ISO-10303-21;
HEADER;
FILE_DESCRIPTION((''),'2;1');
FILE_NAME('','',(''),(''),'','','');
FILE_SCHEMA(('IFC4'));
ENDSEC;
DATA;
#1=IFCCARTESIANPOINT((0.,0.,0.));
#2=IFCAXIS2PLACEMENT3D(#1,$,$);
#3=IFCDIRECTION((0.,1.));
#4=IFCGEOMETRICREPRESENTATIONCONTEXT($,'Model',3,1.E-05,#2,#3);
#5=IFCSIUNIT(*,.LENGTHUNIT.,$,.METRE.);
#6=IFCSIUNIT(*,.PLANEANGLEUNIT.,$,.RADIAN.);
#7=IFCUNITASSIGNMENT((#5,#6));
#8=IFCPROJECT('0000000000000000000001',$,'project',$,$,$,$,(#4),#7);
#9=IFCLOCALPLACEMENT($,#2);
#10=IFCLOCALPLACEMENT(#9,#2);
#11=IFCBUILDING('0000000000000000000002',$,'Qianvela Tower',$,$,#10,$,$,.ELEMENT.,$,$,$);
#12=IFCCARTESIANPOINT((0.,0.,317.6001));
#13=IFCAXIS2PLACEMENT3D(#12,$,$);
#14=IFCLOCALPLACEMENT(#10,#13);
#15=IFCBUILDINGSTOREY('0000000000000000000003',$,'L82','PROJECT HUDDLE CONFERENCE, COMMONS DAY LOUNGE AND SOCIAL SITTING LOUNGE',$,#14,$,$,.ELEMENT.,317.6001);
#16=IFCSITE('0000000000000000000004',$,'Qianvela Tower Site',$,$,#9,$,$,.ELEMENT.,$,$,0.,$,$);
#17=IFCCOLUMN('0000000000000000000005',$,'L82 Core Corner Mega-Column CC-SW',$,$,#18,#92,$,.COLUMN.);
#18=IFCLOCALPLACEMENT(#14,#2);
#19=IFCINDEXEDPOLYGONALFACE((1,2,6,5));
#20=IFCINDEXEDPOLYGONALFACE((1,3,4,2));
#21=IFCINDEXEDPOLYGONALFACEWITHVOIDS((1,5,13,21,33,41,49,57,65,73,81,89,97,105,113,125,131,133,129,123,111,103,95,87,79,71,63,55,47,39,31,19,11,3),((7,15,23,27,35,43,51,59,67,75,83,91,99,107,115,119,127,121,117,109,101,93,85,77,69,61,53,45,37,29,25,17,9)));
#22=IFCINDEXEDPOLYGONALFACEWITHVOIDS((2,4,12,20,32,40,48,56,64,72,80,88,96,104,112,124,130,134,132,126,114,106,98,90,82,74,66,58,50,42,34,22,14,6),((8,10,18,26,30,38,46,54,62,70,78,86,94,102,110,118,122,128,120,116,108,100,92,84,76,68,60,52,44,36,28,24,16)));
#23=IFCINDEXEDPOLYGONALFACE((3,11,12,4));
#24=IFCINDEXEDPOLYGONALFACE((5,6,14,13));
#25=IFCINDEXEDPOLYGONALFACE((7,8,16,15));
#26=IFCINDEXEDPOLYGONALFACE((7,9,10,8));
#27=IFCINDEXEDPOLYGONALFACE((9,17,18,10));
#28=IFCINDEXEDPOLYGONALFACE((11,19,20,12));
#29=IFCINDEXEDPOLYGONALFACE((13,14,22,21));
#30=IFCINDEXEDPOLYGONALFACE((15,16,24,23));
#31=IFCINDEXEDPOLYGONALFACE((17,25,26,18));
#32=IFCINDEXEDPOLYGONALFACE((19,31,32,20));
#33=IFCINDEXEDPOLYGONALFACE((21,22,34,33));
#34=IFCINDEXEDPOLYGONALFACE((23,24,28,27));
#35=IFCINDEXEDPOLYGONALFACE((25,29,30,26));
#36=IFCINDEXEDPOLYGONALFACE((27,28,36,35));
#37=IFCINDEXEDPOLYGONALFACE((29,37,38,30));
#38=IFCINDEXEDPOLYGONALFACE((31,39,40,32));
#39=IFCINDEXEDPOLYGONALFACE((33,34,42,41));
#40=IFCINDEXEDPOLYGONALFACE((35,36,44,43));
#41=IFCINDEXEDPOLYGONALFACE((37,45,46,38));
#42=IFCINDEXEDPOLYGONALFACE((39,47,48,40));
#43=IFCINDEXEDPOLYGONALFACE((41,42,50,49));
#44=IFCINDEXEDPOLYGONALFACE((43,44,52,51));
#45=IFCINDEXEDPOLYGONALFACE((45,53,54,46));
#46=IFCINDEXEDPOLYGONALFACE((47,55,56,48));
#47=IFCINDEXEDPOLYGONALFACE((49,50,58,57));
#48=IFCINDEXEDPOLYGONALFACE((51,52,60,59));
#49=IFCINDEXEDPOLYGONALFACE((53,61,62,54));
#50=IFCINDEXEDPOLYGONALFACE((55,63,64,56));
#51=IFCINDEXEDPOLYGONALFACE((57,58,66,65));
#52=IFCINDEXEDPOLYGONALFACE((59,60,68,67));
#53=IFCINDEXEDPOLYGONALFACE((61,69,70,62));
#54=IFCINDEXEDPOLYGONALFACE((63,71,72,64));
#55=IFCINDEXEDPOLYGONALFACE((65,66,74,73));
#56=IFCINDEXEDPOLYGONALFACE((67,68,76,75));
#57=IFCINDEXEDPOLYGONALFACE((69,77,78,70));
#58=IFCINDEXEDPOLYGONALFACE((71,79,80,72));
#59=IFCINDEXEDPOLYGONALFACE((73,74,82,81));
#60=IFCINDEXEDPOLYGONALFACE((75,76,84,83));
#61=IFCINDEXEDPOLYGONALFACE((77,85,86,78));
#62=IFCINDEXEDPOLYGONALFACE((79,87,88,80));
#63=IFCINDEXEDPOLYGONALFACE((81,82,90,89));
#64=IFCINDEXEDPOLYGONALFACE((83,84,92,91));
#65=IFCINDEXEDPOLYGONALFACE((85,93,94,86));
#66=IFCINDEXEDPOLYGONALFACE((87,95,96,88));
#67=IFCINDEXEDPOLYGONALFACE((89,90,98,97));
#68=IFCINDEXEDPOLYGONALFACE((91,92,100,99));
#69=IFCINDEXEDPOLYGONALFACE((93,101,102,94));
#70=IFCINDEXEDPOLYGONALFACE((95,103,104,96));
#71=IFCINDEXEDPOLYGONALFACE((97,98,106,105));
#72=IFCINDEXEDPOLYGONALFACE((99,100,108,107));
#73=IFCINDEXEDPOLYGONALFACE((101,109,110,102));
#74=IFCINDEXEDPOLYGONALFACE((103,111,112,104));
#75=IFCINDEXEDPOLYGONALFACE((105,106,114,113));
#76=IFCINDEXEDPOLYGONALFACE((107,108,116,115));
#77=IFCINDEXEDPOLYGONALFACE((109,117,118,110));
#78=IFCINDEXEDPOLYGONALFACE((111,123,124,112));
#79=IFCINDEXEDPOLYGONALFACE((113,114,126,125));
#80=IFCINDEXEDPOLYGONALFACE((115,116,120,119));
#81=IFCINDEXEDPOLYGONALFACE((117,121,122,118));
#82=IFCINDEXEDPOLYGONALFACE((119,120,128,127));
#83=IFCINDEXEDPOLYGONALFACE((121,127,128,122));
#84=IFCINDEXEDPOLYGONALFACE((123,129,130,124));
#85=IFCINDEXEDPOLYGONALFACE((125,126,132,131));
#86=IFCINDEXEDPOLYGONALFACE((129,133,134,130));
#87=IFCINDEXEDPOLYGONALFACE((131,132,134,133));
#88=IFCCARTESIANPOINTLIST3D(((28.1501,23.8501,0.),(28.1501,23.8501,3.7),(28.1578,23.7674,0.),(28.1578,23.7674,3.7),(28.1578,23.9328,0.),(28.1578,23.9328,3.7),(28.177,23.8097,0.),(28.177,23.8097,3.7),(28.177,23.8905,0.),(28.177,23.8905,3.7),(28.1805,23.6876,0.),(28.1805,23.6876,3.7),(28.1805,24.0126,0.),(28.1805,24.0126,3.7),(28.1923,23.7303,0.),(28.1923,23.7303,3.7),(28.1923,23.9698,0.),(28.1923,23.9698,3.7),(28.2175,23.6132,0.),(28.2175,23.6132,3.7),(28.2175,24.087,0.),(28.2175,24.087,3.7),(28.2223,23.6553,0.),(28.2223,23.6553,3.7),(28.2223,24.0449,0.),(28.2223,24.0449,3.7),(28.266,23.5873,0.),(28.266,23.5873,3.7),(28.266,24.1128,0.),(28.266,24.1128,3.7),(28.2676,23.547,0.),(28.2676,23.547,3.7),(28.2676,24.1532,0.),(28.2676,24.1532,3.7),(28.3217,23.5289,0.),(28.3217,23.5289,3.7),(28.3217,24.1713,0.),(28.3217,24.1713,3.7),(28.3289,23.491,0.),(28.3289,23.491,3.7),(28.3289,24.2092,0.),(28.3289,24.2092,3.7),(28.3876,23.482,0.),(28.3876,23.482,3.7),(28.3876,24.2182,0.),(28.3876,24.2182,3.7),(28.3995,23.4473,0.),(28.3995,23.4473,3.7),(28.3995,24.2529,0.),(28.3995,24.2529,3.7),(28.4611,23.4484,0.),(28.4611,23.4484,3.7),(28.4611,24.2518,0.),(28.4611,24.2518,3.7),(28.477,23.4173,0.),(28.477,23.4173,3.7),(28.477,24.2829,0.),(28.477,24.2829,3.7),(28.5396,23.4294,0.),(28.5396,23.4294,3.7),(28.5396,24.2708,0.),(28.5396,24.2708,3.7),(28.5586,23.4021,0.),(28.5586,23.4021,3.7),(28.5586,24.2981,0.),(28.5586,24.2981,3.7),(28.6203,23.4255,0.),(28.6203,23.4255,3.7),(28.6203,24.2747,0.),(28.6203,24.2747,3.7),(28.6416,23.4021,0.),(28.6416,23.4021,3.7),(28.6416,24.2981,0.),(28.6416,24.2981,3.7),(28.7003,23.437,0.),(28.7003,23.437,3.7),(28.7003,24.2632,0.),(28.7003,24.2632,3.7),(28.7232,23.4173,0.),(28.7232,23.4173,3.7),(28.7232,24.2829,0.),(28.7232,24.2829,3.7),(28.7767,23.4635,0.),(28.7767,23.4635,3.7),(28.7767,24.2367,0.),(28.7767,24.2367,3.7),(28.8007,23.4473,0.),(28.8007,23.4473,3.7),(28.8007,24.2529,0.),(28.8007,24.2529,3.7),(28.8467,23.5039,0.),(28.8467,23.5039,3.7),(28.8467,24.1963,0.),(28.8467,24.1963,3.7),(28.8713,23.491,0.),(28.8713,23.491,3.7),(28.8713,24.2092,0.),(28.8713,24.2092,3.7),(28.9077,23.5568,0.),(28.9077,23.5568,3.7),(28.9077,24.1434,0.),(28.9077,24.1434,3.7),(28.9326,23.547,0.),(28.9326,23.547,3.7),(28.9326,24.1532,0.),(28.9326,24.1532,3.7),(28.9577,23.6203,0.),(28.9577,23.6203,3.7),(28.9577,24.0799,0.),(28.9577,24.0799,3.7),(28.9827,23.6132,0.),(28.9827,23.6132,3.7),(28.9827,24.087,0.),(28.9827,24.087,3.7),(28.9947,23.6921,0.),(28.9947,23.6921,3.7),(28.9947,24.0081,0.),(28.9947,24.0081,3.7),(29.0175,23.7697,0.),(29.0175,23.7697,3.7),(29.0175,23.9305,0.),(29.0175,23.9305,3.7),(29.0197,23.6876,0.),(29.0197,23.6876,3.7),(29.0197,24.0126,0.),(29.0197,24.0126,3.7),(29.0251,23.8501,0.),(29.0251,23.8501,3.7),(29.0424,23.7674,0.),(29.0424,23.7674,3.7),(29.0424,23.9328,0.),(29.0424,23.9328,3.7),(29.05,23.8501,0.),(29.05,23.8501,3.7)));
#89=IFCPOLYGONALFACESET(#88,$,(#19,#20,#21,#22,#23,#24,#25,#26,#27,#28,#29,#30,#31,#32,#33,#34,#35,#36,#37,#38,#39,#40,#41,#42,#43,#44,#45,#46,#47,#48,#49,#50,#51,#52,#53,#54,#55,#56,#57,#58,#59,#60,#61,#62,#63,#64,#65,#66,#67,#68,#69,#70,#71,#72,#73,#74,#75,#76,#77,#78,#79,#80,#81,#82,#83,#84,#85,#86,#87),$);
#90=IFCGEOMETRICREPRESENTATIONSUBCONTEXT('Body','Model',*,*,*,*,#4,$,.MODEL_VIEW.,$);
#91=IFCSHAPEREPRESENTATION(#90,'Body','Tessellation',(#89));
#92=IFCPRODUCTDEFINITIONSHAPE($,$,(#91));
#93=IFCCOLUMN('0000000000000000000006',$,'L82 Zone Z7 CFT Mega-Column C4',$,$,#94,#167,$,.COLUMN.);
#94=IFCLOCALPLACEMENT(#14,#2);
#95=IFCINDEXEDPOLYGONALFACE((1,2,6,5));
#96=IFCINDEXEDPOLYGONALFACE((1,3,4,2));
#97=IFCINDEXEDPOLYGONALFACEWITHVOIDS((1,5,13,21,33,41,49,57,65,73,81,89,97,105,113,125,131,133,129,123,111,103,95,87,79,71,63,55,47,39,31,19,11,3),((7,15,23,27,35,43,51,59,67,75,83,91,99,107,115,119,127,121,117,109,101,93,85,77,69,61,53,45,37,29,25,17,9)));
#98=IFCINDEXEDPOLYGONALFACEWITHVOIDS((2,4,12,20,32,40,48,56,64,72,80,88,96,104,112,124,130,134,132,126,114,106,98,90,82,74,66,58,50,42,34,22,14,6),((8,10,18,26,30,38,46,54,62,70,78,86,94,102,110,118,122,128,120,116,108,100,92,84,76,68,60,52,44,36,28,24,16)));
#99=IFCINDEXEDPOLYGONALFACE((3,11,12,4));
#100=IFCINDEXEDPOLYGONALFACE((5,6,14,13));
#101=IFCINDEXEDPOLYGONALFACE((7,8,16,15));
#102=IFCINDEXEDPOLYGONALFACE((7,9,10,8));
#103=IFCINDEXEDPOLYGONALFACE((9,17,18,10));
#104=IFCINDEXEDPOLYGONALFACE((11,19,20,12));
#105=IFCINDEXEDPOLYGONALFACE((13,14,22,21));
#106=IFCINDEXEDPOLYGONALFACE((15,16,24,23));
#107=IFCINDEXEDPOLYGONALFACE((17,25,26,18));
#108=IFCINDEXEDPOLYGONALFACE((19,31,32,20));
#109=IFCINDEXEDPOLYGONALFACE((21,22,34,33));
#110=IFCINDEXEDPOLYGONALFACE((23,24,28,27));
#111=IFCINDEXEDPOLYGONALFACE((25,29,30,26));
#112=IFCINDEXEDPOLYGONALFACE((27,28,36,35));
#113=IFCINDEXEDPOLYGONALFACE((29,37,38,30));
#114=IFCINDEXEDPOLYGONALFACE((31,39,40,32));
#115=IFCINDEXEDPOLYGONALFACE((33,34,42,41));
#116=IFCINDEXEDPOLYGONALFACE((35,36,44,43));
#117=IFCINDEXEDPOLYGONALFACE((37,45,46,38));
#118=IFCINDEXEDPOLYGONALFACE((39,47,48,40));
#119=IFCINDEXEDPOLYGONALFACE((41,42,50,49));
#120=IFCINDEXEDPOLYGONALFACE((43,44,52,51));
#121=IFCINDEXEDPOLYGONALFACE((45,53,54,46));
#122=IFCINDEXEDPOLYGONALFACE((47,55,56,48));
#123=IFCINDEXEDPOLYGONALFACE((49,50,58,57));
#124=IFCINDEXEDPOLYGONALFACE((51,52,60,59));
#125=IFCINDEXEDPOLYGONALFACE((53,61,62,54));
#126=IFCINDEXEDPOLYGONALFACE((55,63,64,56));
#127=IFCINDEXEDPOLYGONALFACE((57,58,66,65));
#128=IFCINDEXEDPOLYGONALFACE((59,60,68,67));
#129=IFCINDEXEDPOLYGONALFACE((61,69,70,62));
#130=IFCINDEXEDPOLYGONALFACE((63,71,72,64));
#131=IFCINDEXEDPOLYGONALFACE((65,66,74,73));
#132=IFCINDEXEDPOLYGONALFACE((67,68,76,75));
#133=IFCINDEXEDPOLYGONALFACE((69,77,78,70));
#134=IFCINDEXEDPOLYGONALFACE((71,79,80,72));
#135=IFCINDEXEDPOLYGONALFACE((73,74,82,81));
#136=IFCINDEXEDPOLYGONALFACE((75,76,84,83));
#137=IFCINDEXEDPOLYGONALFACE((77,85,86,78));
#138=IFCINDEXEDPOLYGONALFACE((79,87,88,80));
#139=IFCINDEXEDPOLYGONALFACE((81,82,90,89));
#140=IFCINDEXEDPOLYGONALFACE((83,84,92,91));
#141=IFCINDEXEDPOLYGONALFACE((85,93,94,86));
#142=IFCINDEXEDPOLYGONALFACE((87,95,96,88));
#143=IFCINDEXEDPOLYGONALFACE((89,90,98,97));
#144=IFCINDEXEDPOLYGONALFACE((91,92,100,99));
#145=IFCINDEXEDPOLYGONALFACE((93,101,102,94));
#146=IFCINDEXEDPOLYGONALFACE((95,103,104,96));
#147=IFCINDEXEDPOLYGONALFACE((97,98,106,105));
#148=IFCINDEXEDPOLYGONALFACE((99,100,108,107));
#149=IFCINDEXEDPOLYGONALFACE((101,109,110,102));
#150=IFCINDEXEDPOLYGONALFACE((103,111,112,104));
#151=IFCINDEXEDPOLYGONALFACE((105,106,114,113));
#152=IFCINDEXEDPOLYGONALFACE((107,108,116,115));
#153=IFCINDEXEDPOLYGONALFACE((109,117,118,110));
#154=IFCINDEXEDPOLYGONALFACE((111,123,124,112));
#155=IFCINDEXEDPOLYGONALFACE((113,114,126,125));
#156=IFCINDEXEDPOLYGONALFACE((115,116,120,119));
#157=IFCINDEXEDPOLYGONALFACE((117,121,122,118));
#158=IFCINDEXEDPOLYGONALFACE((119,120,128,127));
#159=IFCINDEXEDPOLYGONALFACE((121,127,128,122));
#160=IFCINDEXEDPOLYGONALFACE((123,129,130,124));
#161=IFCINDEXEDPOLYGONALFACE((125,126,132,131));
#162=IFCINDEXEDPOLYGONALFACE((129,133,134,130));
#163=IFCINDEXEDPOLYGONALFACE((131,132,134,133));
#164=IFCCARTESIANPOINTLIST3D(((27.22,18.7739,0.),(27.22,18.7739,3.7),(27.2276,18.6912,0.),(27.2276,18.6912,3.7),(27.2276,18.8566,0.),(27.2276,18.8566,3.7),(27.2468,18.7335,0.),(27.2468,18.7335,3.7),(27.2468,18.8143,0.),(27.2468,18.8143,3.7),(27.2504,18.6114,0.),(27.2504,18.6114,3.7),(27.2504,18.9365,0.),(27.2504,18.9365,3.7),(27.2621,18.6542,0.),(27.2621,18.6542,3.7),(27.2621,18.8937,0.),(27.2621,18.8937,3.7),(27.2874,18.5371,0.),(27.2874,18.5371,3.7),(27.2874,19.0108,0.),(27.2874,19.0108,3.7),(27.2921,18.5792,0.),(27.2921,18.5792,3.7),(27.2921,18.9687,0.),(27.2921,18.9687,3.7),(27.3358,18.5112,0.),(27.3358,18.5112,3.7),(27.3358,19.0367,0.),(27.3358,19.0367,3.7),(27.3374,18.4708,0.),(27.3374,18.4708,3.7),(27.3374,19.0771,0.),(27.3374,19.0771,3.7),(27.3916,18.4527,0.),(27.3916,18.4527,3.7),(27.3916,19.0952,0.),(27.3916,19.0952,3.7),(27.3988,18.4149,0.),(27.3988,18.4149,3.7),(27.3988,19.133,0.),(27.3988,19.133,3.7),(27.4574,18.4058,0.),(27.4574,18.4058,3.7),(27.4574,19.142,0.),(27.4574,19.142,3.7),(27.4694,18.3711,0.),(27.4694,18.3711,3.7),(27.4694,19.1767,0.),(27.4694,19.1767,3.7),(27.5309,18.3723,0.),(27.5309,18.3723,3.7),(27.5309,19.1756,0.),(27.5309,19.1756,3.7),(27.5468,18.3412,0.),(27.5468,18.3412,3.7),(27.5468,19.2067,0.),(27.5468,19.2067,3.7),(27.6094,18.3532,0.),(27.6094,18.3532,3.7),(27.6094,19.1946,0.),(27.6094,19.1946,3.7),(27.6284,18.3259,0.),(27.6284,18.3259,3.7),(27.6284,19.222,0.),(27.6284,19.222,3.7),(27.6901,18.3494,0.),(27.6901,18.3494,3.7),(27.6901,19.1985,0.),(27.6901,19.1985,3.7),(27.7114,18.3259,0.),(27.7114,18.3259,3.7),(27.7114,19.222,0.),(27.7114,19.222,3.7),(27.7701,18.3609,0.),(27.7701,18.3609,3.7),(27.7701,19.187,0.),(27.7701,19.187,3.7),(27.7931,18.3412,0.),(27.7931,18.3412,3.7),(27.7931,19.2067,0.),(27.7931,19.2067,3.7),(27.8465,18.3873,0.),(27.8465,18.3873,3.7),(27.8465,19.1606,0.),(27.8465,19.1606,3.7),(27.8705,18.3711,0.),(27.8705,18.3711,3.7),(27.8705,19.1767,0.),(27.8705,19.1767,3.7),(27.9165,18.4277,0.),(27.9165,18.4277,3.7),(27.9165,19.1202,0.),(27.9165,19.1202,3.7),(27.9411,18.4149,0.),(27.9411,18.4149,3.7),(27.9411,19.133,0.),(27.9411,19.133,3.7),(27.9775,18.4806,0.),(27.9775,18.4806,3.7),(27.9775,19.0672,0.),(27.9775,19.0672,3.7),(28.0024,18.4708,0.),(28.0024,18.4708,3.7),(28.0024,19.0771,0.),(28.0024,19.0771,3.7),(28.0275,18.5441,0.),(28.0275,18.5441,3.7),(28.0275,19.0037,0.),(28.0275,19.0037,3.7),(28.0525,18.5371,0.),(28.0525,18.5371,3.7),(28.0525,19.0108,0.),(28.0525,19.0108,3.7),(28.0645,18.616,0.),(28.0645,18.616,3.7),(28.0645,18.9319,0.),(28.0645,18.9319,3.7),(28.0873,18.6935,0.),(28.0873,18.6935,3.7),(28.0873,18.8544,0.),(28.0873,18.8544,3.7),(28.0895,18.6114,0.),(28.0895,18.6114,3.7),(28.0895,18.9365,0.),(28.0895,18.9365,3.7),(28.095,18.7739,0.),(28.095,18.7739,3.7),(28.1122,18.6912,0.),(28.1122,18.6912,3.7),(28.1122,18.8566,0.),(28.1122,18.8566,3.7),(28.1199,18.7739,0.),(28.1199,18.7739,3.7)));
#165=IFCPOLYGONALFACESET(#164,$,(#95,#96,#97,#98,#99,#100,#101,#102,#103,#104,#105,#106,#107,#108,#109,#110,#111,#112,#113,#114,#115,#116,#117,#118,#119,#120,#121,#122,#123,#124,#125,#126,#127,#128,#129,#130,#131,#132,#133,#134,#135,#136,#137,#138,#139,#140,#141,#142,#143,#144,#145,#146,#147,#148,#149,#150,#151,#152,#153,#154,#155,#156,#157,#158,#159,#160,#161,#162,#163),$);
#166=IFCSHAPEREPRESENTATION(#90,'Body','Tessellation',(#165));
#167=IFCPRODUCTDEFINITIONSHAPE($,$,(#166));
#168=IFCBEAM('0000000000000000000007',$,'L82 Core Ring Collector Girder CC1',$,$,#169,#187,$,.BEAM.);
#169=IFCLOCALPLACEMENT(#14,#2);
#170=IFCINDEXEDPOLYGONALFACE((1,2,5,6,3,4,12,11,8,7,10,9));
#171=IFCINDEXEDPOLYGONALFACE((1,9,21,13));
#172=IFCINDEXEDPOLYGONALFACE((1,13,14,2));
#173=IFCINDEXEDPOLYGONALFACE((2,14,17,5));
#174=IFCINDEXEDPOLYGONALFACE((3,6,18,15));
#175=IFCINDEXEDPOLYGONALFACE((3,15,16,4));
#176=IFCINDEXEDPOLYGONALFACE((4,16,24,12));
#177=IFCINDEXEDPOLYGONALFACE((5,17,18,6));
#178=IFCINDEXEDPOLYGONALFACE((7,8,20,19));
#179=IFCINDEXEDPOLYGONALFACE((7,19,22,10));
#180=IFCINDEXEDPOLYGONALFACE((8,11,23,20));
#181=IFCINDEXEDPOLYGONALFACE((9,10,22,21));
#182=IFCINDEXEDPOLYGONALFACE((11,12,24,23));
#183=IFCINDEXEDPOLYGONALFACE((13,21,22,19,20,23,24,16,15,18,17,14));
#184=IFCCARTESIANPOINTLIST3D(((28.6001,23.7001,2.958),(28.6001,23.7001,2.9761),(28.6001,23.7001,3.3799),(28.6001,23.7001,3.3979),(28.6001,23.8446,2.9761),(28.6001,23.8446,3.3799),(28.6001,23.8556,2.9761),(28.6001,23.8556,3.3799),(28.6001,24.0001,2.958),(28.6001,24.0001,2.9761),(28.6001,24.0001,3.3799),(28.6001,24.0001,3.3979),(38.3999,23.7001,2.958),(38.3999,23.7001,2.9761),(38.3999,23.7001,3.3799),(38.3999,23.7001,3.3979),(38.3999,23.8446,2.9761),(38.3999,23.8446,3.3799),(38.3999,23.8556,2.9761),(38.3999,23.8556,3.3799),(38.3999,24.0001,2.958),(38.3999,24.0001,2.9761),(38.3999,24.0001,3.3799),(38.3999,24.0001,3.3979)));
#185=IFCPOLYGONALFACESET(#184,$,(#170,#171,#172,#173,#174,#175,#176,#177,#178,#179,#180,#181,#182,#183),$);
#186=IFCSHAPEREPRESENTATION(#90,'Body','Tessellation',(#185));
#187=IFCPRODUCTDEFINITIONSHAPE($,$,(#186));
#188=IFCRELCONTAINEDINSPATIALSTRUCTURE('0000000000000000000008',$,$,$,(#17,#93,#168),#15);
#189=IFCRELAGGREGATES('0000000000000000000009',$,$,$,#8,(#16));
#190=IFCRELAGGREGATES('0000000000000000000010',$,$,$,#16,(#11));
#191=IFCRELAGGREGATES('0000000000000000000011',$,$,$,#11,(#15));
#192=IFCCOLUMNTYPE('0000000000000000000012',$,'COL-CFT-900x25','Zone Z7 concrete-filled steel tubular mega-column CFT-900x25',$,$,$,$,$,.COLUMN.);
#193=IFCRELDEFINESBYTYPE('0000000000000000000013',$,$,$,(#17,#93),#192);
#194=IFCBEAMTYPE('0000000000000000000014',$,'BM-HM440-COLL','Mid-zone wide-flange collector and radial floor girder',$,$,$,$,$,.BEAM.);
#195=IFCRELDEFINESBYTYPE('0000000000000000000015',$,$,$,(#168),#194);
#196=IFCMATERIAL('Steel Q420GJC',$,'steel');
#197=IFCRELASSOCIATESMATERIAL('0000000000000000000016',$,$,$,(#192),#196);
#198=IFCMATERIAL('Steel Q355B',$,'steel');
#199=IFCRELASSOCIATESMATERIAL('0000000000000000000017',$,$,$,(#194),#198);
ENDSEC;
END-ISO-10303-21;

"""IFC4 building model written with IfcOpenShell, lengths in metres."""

from ifc_helpers import new_model, si_unit, direction, frame, origin, origin_2d, place, context, subcontext, project, spatial, hollow_circle, i_section, extrude, material, material_profile, profile_set, type_object, element, save


model = new_model("IFC4")

# Units and contexts
model_context = context("Model", 3, precision=1e-05, world=origin(), true_north=direction((0.0, 1.0)))
body_context = subcontext(model_context, "Body", "Model", "MODEL_VIEW")
ifc_project = project(units=[si_unit("LENGTHUNIT", "METRE"), si_unit("PLANEANGLEUNIT", "RADIAN")], contexts=[model_context])

# Site, building, storey
site_placement = place(None, origin())
site = spatial("IfcSite", under=ifc_project, at=site_placement, Name="Qianvela Tower Site", CompositionType="ELEMENT", RefElevation=0.0)
building_placement = place(site_placement, origin())
building = spatial("IfcBuilding", under=site, at=building_placement, Name="Qianvela Tower", CompositionType="ELEMENT")
storey_placement = place(building_placement, frame((0.0, 0.0, 317.6001)))
storey = spatial("IfcBuildingStorey", under=building, at=storey_placement, Name="L82", Description="PROJECT HUDDLE CONFERENCE, COMMONS DAY LOUNGE AND SOCIAL SITTING LOUNGE", CompositionType="ELEMENT", Elevation=317.6001)

# Columns
ifc_material_1 = material(Name="Steel Q420GJC", Category="steel")
ifc_material_profile_1 = material_profile(ifc_material_1, hollow_circle(Radius=0.45, WallThickness=0.0249, at=origin_2d()), Name="CFT-900x25")
ifc_profile_set_1 = profile_set([ifc_material_profile_1], Name="Steel Q420GJC")
column_type = type_object("IfcColumnType", Name="COL-CFT-900x25", Description="Zone Z7 concrete-filled steel tubular mega-column CFT-900x25", PredefinedType="COLUMN", material=ifc_profile_set_1)
for number, where, z_axis, x_axis, name in (
    (1, (28.6001, 23.8501, 0.0), (0.0, 0.0, 1.0), (1.0, 0.0, 0.0), "L82 Core Corner Mega-Column CC-SW"),
    (2, (27.6699, 18.7739, 0.0), (0.0, 0.0, 1.0), (1.0, 0.0, 0.0), "L82 Zone Z7 CFT Mega-Column C4"),
):
    element("IfcColumn", number, at=place(storey_placement, frame(where, z_axis=z_axis, x_axis=x_axis)), inside=storey, type_object=column_type, Name=name, PredefinedType="COLUMN", context=body_context, shape_type="SweptSolid", body=[
        extrude(hollow_circle(Radius=0.45, WallThickness=0.0249, at=origin_2d()), origin(), (0.0, 0.0, 1.0), 3.7),
    ])

# Beam
ifc_material_2 = material(Name="Steel Q355B", Category="steel")
ifc_material_profile_2 = material_profile(ifc_material_2, i_section(OverallWidth=0.3, OverallDepth=0.4399, WebThickness=0.011, FlangeThickness=0.0181, at=origin_2d()), Name="HM440x300x11x18")
ifc_profile_set_2 = profile_set([ifc_material_profile_2], Name="Steel Q355B")
beam_type_1 = type_object("IfcBeamType", Name="BM-HM440-COLL", Description="Mid-zone wide-flange collector and radial floor girder", PredefinedType="BEAM", material=ifc_profile_set_2)
beam_1_placement = place(storey_placement, frame((28.6001, 23.8501, 3.178), z_axis=(1.0, 0.0, 0.0), x_axis=(0.0, 1.0, 0.0)))
element("IfcBeam", 3, at=beam_1_placement, inside=storey, type_object=beam_type_1, Name="L82 Core Ring Collector Girder CC1", PredefinedType="BEAM", context=body_context, shape_type="SweptSolid", body=[
    extrude(i_section(OverallWidth=0.3, OverallDepth=0.4399, WebThickness=0.011, FlangeThickness=0.0181, at=origin_2d()), origin(), (0.0, 0.0, 1.0), 9.7998),
])

save(model, "model.ifc")
